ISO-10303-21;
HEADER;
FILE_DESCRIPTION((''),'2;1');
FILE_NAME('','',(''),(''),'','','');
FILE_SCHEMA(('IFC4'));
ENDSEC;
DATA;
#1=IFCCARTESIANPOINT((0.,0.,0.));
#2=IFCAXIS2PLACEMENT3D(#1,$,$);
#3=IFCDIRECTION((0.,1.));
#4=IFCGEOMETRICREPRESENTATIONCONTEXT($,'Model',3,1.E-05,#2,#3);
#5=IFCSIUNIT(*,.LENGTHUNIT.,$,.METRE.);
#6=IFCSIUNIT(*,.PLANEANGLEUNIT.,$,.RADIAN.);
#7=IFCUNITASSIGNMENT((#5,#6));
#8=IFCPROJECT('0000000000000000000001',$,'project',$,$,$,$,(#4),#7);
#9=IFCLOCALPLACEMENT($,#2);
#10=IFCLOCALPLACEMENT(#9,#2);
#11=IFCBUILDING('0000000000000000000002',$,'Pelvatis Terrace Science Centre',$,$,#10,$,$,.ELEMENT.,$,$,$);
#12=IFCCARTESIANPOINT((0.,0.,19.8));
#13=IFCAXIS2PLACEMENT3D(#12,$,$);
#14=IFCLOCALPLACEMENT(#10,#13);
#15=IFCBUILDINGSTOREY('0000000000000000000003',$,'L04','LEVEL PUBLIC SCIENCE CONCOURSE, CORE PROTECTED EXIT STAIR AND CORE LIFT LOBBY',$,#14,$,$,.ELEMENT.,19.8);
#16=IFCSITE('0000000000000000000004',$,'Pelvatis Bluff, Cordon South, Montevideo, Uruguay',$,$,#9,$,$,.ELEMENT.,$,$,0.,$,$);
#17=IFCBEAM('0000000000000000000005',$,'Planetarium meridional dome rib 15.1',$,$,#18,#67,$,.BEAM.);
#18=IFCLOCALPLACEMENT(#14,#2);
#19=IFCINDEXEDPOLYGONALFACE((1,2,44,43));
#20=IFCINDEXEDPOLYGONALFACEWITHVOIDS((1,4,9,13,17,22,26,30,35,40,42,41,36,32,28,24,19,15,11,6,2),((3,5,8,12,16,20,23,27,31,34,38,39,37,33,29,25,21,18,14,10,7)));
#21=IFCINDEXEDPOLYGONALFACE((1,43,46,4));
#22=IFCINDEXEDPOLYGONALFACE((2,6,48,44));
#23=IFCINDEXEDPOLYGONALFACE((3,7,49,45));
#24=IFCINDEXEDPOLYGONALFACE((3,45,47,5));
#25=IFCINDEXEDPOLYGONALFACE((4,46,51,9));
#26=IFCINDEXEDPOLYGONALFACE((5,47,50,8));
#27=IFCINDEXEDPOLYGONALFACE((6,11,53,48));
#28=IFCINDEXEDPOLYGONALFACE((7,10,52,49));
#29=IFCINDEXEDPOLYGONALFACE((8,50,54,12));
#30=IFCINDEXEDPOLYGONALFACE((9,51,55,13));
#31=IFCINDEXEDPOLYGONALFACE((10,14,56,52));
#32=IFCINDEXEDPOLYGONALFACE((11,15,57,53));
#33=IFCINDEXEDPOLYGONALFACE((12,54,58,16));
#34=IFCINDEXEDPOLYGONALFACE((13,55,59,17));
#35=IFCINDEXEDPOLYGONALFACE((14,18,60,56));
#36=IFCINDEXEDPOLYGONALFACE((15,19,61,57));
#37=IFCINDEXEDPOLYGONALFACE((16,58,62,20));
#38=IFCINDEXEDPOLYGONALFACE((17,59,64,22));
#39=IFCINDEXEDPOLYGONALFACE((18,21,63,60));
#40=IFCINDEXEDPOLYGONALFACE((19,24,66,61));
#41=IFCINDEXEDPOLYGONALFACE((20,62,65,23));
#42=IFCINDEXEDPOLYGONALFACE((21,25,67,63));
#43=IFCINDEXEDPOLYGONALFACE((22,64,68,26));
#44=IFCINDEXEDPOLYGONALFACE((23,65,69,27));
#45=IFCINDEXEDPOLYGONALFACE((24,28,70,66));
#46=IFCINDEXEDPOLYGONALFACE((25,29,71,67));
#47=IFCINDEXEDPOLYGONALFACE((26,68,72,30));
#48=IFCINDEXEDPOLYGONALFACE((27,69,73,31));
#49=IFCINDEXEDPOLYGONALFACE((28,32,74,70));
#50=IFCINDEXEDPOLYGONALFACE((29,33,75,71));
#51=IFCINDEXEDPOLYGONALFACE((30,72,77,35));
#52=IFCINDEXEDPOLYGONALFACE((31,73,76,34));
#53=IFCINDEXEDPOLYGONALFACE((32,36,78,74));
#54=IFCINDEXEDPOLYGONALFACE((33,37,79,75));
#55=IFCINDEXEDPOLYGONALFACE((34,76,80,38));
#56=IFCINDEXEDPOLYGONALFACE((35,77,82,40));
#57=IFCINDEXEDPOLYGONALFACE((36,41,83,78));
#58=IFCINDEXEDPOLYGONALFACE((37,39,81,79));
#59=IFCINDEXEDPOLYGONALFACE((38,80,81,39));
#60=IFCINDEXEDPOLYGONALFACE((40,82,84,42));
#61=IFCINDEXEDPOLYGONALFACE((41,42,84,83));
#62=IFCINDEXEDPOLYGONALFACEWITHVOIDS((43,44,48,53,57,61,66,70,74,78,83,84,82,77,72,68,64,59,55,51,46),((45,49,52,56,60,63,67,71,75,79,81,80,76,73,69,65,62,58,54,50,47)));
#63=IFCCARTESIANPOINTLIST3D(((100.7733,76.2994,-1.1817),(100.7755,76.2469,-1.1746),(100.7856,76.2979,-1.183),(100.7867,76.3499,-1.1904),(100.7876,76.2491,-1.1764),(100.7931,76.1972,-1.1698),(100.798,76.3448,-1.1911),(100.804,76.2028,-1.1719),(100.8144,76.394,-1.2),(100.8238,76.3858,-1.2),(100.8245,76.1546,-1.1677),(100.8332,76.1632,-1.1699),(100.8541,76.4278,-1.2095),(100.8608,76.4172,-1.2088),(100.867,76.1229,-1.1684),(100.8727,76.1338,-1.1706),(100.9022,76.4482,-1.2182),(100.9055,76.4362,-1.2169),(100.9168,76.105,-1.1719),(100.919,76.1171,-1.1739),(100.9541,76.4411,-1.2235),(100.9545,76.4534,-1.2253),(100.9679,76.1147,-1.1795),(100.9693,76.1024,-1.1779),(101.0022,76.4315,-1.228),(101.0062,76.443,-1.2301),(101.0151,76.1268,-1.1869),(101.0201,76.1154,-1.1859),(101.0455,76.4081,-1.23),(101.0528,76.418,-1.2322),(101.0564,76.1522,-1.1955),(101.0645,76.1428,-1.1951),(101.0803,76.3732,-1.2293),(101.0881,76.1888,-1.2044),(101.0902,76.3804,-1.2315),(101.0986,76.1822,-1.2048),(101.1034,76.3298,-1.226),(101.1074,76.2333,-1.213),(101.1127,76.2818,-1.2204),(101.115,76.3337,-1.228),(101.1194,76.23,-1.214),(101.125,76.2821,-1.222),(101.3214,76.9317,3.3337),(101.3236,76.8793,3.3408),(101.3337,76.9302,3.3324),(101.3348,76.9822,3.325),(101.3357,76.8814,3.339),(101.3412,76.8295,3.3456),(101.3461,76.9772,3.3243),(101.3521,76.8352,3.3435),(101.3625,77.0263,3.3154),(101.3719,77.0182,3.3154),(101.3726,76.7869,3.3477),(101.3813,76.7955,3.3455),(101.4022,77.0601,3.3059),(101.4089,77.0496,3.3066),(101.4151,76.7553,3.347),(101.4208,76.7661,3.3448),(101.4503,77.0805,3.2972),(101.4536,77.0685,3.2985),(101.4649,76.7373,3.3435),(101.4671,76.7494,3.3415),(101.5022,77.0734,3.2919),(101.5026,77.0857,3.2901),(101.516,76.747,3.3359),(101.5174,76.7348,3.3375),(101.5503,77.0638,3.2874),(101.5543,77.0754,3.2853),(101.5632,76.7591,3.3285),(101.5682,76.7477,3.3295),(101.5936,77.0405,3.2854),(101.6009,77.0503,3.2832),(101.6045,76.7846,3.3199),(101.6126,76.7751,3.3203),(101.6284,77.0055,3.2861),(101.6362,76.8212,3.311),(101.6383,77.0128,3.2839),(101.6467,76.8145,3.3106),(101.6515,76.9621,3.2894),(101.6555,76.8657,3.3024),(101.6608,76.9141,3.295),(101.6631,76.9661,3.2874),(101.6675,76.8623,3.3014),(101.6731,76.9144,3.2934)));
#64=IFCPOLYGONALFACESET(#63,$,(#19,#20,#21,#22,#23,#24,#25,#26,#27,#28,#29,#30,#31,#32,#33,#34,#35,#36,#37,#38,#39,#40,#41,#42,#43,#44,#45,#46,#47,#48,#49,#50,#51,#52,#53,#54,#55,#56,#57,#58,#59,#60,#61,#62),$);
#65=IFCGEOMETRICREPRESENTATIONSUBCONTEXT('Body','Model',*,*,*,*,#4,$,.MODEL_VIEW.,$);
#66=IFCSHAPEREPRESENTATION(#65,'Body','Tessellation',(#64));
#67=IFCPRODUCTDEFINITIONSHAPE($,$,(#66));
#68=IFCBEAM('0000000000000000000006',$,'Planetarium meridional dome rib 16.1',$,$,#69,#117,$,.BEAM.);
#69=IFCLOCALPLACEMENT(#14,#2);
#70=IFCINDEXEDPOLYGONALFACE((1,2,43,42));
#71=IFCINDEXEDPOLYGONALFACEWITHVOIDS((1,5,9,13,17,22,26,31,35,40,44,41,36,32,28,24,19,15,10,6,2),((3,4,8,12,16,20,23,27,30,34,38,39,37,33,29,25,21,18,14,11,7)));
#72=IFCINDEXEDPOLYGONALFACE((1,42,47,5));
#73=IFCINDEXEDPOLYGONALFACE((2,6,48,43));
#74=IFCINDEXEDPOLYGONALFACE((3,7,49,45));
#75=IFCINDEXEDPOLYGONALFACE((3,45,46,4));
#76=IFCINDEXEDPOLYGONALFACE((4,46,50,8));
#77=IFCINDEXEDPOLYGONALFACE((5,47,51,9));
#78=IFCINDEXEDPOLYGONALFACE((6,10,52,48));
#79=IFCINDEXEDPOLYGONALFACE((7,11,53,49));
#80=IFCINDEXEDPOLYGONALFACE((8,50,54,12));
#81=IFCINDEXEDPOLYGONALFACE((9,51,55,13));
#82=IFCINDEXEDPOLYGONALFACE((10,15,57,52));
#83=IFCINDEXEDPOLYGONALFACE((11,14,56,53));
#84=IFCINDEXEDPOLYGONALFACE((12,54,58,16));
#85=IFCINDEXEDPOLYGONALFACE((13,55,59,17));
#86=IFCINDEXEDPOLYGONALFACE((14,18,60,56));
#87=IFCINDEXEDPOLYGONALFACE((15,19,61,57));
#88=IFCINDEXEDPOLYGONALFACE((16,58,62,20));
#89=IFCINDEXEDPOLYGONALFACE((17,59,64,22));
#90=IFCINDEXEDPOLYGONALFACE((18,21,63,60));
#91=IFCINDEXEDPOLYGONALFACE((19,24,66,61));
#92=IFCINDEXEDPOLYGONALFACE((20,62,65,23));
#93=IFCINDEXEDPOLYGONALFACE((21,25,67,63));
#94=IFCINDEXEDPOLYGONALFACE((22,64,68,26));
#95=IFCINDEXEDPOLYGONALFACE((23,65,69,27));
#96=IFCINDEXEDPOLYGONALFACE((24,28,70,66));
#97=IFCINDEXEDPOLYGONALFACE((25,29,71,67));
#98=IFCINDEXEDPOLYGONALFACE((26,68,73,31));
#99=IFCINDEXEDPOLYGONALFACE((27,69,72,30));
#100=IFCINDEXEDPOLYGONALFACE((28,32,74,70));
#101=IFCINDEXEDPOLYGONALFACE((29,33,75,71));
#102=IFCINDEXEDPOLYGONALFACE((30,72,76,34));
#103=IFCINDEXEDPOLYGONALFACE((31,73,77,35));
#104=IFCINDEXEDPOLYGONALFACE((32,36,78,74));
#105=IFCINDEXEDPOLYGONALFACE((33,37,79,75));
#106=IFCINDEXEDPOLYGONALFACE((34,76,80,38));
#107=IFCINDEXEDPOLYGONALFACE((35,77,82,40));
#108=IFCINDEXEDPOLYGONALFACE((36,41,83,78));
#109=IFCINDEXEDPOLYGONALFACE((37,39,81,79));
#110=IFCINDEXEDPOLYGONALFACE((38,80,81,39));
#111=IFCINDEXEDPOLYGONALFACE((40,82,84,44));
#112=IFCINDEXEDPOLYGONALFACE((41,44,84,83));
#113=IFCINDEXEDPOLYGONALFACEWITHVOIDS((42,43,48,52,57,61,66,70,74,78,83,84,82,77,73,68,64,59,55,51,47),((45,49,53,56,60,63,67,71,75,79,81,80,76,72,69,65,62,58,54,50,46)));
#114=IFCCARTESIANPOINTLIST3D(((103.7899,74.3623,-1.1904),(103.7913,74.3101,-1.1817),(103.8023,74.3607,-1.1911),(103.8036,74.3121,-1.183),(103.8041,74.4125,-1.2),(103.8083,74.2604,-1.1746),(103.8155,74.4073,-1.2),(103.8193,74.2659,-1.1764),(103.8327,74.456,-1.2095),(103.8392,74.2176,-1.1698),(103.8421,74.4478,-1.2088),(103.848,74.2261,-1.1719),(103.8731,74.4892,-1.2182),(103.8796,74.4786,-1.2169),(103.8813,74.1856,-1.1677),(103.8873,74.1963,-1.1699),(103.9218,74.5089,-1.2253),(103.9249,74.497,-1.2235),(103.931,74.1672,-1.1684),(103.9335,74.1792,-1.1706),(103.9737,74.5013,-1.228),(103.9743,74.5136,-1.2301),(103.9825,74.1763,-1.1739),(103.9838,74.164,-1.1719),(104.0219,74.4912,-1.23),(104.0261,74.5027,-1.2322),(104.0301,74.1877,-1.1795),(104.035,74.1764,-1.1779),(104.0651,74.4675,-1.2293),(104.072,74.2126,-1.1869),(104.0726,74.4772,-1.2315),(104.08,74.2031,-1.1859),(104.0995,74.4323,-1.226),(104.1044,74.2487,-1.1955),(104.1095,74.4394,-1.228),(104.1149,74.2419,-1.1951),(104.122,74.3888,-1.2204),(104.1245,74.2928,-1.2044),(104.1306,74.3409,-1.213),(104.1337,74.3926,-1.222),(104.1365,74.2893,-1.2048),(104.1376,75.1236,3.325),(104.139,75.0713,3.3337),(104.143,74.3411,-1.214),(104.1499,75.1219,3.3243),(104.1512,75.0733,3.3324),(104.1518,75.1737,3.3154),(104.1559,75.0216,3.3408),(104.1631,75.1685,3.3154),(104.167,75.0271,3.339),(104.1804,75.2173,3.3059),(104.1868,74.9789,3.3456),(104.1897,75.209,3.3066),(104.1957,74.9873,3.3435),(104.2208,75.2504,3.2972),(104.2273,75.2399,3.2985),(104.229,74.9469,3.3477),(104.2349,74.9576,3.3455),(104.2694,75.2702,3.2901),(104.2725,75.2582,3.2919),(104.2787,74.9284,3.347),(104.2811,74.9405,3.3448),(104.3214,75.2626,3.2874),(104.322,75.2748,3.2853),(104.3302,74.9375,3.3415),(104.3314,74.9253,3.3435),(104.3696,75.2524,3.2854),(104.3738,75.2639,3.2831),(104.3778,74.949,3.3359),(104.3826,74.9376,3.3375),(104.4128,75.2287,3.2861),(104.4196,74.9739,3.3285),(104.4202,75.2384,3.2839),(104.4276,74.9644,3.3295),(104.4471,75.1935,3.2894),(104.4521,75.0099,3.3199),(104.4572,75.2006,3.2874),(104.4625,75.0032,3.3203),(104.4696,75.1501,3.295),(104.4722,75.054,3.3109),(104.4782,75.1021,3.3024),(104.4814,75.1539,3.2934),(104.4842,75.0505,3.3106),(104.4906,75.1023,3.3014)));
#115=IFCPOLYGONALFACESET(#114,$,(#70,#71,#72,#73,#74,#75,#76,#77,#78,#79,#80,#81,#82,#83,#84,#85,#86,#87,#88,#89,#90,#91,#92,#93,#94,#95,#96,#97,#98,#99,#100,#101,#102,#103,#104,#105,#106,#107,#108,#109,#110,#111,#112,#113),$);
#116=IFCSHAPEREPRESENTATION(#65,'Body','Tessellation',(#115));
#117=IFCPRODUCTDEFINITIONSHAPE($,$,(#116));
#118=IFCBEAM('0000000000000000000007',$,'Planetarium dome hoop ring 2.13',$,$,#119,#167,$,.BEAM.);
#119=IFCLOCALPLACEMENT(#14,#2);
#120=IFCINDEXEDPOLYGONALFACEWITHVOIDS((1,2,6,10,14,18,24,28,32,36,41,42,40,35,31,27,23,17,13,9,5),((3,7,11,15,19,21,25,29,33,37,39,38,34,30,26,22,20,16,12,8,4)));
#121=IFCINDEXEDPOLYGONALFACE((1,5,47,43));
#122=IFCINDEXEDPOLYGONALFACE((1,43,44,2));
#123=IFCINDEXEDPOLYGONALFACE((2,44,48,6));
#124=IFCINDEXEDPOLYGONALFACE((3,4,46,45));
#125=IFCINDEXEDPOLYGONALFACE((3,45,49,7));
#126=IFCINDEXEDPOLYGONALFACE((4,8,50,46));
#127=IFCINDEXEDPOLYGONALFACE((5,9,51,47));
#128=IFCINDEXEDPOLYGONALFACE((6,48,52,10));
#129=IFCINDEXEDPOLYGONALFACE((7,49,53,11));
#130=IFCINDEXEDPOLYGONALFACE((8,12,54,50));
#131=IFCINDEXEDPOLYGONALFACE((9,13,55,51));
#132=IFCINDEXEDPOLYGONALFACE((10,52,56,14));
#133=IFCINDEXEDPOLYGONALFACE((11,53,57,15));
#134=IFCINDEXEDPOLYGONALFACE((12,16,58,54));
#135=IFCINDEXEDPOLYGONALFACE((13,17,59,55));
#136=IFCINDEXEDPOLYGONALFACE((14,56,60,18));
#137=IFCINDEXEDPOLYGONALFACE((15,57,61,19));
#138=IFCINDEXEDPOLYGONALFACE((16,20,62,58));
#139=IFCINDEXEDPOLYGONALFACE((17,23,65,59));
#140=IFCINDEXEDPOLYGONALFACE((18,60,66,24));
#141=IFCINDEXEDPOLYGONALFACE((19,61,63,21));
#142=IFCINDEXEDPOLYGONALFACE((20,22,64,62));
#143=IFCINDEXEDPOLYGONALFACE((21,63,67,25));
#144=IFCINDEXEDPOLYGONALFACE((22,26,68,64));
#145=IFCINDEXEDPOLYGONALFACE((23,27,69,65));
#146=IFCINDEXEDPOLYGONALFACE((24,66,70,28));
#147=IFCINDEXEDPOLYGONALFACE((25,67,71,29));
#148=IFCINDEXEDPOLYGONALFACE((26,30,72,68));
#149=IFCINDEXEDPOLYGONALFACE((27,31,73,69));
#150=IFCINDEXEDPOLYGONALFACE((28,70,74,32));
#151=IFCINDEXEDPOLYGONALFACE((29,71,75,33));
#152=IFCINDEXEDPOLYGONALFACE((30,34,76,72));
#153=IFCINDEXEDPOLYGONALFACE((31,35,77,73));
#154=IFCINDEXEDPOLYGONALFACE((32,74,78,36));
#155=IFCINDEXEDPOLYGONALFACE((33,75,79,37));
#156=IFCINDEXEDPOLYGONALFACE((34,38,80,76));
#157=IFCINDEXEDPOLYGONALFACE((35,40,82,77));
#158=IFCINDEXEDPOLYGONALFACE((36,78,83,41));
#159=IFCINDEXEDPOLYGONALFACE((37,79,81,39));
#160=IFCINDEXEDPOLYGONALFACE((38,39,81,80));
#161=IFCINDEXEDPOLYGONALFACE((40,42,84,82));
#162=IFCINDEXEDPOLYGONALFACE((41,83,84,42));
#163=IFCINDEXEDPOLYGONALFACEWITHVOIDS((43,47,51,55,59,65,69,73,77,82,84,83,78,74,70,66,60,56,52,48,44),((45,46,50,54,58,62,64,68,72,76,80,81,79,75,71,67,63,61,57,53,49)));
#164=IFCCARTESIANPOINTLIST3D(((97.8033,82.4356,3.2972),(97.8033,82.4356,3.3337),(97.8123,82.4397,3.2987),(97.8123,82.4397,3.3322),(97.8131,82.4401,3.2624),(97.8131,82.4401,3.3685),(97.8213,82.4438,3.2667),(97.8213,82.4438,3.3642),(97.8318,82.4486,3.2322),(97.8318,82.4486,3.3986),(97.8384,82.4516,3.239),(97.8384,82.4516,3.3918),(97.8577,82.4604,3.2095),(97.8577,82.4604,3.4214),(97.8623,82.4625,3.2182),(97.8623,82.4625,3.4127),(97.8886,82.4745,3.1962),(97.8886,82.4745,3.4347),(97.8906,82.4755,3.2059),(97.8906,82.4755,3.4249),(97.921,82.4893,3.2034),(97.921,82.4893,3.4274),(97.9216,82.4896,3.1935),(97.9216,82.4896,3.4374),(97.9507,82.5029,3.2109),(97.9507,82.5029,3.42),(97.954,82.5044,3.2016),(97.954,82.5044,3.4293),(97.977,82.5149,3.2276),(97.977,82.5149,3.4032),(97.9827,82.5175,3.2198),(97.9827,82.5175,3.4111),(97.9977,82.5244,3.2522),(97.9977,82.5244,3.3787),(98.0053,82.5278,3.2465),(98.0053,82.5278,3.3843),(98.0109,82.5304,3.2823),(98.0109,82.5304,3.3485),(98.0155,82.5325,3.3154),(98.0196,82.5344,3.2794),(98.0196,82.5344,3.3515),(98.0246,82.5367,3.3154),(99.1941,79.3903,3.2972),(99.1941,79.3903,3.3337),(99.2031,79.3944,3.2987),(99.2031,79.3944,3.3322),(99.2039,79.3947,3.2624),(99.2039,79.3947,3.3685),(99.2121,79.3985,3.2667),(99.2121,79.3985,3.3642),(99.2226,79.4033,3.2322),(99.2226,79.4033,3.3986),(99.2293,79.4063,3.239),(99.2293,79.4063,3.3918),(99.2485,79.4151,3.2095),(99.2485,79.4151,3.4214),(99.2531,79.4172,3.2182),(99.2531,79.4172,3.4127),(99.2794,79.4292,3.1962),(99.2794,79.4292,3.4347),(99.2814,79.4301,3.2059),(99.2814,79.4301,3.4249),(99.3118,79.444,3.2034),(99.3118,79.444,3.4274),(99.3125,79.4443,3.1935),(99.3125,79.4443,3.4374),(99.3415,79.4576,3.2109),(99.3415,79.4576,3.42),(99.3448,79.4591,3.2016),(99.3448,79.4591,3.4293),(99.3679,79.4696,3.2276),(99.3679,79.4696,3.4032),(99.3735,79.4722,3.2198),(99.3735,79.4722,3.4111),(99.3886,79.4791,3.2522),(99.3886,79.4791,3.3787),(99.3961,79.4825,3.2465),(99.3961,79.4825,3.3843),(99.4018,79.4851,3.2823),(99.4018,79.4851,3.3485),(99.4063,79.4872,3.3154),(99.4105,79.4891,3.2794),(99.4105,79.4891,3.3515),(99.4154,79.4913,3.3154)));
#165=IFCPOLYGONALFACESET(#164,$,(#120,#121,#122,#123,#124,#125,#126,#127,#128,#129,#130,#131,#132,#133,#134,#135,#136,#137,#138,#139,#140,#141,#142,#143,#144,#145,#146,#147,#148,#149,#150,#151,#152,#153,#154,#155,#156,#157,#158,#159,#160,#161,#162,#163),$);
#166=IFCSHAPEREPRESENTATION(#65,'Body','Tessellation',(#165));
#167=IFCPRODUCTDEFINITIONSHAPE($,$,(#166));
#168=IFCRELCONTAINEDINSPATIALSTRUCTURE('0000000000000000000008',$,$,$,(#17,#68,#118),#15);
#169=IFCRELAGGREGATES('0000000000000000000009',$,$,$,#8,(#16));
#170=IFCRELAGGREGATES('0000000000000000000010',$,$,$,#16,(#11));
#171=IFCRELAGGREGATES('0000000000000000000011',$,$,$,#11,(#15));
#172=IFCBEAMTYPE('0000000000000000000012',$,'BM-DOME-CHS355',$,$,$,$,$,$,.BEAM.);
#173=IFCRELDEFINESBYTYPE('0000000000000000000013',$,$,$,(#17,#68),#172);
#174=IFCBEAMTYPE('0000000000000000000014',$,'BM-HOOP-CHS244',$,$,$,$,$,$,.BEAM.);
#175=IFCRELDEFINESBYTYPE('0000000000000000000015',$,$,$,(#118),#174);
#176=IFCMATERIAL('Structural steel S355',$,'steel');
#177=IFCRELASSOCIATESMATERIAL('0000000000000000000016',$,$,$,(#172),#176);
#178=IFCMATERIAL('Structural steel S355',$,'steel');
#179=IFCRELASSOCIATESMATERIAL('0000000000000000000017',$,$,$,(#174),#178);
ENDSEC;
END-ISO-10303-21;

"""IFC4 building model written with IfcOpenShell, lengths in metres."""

from ifc_helpers import new_model, si_unit, direction, frame, origin, origin_2d, place, context, subcontext, project, spatial, hollow_circle, extrude, material, material_profile, profile_set, type_object, element, save


model = new_model("IFC4")

# Units and contexts
model_context = context("Model", 3, precision=1e-05, world=origin(), true_north=direction((0.0, 1.0)))
body_context = subcontext(model_context, "Body", "Model", "MODEL_VIEW")
ifc_project = project(units=[si_unit("LENGTHUNIT", "METRE"), si_unit("PLANEANGLEUNIT", "RADIAN")], contexts=[model_context])

# Site, building, storey
site_placement = place(None, origin())
site = spatial("IfcSite", under=ifc_project, at=site_placement, Name="Pelvatis Bluff, Cordon South, Montevideo, Uruguay", CompositionType="ELEMENT", RefElevation=0.0)
building_placement = place(site_placement, origin())
building = spatial("IfcBuilding", under=site, at=building_placement, Name="Pelvatis Terrace Science Centre", CompositionType="ELEMENT")
storey_placement = place(building_placement, frame((0.0, 0.0, 19.8)))
storey = spatial("IfcBuildingStorey", under=building, at=storey_placement, Name="L04", Description="LEVEL PUBLIC SCIENCE CONCOURSE, CORE PROTECTED EXIT STAIR AND CORE LIFT LOBBY", CompositionType="ELEMENT", Elevation=19.8)

# Beams
ifc_material_1 = material(Name="Structural steel S355", Category="steel")
ifc_material_profile_1 = material_profile(ifc_material_1, hollow_circle(Radius=0.1777, WallThickness=0.0125, at=origin_2d()), Name="CHS 355.6x12.5")
ifc_profile_set_1 = profile_set([ifc_material_profile_1], Name="Structural steel S355")
beam_type_1 = type_object("IfcBeamType", Name="BM-DOME-CHS355", PredefinedType="BEAM", material=ifc_profile_set_1)
for number, where, z_axis, x_axis, name in (
    (1, (100.9487, 76.2776, -1.2), (0.119352, 0.137693, 0.983258), (-0.755641, 0.654986, 0.0), "Planetarium meridional dome rib 15.1"),
    (2, (103.9658, 74.3386, -1.2), (0.075705, 0.165763, 0.983255), (-0.909626, 0.415429, 0.0), "Planetarium meridional dome rib 16.1"),
):
    element("IfcBeam", number, at=place(storey_placement, frame(where, z_axis=z_axis, x_axis=x_axis)), inside=storey, type_object=beam_type_1, Name=name, PredefinedType="BEAM", context=body_context, shape_type="SweptSolid", body=[
        extrude(hollow_circle(Radius=0.1777, WallThickness=0.0125, at=origin_2d()), origin(), (0.0, 0.0, 1.0), 4.5923),
    ])
ifc_material_2 = material(Name="Structural steel S355", Category="steel")
ifc_material_profile_2 = material_profile(ifc_material_2, hollow_circle(Radius=0.1223, WallThickness=0.01, at=origin_2d()), Name="CHS 244.5x10.0")
ifc_profile_set_2 = profile_set([ifc_material_profile_2], Name="Structural steel S355")
beam_type_2 = type_object("IfcBeamType", Name="BM-HOOP-CHS244", PredefinedType="BEAM", material=ifc_profile_set_2)
beam_1_placement = place(storey_placement, frame((97.9133, 82.4858, 3.3154), z_axis=(0.415434, -0.909623, 0.0), x_axis=(0.909623, 0.415434, 0.0)))
element("IfcBeam", 3, at=beam_1_placement, inside=storey, type_object=beam_type_2, Name="Planetarium dome hoop ring 2.13", PredefinedType="BEAM", context=body_context, shape_type="SweptSolid", body=[
    extrude(hollow_circle(Radius=0.1223, WallThickness=0.01, at=origin_2d()), origin(), (0.0, 0.0, 1.0), 3.3479),
])

save(model, "model.ifc")
